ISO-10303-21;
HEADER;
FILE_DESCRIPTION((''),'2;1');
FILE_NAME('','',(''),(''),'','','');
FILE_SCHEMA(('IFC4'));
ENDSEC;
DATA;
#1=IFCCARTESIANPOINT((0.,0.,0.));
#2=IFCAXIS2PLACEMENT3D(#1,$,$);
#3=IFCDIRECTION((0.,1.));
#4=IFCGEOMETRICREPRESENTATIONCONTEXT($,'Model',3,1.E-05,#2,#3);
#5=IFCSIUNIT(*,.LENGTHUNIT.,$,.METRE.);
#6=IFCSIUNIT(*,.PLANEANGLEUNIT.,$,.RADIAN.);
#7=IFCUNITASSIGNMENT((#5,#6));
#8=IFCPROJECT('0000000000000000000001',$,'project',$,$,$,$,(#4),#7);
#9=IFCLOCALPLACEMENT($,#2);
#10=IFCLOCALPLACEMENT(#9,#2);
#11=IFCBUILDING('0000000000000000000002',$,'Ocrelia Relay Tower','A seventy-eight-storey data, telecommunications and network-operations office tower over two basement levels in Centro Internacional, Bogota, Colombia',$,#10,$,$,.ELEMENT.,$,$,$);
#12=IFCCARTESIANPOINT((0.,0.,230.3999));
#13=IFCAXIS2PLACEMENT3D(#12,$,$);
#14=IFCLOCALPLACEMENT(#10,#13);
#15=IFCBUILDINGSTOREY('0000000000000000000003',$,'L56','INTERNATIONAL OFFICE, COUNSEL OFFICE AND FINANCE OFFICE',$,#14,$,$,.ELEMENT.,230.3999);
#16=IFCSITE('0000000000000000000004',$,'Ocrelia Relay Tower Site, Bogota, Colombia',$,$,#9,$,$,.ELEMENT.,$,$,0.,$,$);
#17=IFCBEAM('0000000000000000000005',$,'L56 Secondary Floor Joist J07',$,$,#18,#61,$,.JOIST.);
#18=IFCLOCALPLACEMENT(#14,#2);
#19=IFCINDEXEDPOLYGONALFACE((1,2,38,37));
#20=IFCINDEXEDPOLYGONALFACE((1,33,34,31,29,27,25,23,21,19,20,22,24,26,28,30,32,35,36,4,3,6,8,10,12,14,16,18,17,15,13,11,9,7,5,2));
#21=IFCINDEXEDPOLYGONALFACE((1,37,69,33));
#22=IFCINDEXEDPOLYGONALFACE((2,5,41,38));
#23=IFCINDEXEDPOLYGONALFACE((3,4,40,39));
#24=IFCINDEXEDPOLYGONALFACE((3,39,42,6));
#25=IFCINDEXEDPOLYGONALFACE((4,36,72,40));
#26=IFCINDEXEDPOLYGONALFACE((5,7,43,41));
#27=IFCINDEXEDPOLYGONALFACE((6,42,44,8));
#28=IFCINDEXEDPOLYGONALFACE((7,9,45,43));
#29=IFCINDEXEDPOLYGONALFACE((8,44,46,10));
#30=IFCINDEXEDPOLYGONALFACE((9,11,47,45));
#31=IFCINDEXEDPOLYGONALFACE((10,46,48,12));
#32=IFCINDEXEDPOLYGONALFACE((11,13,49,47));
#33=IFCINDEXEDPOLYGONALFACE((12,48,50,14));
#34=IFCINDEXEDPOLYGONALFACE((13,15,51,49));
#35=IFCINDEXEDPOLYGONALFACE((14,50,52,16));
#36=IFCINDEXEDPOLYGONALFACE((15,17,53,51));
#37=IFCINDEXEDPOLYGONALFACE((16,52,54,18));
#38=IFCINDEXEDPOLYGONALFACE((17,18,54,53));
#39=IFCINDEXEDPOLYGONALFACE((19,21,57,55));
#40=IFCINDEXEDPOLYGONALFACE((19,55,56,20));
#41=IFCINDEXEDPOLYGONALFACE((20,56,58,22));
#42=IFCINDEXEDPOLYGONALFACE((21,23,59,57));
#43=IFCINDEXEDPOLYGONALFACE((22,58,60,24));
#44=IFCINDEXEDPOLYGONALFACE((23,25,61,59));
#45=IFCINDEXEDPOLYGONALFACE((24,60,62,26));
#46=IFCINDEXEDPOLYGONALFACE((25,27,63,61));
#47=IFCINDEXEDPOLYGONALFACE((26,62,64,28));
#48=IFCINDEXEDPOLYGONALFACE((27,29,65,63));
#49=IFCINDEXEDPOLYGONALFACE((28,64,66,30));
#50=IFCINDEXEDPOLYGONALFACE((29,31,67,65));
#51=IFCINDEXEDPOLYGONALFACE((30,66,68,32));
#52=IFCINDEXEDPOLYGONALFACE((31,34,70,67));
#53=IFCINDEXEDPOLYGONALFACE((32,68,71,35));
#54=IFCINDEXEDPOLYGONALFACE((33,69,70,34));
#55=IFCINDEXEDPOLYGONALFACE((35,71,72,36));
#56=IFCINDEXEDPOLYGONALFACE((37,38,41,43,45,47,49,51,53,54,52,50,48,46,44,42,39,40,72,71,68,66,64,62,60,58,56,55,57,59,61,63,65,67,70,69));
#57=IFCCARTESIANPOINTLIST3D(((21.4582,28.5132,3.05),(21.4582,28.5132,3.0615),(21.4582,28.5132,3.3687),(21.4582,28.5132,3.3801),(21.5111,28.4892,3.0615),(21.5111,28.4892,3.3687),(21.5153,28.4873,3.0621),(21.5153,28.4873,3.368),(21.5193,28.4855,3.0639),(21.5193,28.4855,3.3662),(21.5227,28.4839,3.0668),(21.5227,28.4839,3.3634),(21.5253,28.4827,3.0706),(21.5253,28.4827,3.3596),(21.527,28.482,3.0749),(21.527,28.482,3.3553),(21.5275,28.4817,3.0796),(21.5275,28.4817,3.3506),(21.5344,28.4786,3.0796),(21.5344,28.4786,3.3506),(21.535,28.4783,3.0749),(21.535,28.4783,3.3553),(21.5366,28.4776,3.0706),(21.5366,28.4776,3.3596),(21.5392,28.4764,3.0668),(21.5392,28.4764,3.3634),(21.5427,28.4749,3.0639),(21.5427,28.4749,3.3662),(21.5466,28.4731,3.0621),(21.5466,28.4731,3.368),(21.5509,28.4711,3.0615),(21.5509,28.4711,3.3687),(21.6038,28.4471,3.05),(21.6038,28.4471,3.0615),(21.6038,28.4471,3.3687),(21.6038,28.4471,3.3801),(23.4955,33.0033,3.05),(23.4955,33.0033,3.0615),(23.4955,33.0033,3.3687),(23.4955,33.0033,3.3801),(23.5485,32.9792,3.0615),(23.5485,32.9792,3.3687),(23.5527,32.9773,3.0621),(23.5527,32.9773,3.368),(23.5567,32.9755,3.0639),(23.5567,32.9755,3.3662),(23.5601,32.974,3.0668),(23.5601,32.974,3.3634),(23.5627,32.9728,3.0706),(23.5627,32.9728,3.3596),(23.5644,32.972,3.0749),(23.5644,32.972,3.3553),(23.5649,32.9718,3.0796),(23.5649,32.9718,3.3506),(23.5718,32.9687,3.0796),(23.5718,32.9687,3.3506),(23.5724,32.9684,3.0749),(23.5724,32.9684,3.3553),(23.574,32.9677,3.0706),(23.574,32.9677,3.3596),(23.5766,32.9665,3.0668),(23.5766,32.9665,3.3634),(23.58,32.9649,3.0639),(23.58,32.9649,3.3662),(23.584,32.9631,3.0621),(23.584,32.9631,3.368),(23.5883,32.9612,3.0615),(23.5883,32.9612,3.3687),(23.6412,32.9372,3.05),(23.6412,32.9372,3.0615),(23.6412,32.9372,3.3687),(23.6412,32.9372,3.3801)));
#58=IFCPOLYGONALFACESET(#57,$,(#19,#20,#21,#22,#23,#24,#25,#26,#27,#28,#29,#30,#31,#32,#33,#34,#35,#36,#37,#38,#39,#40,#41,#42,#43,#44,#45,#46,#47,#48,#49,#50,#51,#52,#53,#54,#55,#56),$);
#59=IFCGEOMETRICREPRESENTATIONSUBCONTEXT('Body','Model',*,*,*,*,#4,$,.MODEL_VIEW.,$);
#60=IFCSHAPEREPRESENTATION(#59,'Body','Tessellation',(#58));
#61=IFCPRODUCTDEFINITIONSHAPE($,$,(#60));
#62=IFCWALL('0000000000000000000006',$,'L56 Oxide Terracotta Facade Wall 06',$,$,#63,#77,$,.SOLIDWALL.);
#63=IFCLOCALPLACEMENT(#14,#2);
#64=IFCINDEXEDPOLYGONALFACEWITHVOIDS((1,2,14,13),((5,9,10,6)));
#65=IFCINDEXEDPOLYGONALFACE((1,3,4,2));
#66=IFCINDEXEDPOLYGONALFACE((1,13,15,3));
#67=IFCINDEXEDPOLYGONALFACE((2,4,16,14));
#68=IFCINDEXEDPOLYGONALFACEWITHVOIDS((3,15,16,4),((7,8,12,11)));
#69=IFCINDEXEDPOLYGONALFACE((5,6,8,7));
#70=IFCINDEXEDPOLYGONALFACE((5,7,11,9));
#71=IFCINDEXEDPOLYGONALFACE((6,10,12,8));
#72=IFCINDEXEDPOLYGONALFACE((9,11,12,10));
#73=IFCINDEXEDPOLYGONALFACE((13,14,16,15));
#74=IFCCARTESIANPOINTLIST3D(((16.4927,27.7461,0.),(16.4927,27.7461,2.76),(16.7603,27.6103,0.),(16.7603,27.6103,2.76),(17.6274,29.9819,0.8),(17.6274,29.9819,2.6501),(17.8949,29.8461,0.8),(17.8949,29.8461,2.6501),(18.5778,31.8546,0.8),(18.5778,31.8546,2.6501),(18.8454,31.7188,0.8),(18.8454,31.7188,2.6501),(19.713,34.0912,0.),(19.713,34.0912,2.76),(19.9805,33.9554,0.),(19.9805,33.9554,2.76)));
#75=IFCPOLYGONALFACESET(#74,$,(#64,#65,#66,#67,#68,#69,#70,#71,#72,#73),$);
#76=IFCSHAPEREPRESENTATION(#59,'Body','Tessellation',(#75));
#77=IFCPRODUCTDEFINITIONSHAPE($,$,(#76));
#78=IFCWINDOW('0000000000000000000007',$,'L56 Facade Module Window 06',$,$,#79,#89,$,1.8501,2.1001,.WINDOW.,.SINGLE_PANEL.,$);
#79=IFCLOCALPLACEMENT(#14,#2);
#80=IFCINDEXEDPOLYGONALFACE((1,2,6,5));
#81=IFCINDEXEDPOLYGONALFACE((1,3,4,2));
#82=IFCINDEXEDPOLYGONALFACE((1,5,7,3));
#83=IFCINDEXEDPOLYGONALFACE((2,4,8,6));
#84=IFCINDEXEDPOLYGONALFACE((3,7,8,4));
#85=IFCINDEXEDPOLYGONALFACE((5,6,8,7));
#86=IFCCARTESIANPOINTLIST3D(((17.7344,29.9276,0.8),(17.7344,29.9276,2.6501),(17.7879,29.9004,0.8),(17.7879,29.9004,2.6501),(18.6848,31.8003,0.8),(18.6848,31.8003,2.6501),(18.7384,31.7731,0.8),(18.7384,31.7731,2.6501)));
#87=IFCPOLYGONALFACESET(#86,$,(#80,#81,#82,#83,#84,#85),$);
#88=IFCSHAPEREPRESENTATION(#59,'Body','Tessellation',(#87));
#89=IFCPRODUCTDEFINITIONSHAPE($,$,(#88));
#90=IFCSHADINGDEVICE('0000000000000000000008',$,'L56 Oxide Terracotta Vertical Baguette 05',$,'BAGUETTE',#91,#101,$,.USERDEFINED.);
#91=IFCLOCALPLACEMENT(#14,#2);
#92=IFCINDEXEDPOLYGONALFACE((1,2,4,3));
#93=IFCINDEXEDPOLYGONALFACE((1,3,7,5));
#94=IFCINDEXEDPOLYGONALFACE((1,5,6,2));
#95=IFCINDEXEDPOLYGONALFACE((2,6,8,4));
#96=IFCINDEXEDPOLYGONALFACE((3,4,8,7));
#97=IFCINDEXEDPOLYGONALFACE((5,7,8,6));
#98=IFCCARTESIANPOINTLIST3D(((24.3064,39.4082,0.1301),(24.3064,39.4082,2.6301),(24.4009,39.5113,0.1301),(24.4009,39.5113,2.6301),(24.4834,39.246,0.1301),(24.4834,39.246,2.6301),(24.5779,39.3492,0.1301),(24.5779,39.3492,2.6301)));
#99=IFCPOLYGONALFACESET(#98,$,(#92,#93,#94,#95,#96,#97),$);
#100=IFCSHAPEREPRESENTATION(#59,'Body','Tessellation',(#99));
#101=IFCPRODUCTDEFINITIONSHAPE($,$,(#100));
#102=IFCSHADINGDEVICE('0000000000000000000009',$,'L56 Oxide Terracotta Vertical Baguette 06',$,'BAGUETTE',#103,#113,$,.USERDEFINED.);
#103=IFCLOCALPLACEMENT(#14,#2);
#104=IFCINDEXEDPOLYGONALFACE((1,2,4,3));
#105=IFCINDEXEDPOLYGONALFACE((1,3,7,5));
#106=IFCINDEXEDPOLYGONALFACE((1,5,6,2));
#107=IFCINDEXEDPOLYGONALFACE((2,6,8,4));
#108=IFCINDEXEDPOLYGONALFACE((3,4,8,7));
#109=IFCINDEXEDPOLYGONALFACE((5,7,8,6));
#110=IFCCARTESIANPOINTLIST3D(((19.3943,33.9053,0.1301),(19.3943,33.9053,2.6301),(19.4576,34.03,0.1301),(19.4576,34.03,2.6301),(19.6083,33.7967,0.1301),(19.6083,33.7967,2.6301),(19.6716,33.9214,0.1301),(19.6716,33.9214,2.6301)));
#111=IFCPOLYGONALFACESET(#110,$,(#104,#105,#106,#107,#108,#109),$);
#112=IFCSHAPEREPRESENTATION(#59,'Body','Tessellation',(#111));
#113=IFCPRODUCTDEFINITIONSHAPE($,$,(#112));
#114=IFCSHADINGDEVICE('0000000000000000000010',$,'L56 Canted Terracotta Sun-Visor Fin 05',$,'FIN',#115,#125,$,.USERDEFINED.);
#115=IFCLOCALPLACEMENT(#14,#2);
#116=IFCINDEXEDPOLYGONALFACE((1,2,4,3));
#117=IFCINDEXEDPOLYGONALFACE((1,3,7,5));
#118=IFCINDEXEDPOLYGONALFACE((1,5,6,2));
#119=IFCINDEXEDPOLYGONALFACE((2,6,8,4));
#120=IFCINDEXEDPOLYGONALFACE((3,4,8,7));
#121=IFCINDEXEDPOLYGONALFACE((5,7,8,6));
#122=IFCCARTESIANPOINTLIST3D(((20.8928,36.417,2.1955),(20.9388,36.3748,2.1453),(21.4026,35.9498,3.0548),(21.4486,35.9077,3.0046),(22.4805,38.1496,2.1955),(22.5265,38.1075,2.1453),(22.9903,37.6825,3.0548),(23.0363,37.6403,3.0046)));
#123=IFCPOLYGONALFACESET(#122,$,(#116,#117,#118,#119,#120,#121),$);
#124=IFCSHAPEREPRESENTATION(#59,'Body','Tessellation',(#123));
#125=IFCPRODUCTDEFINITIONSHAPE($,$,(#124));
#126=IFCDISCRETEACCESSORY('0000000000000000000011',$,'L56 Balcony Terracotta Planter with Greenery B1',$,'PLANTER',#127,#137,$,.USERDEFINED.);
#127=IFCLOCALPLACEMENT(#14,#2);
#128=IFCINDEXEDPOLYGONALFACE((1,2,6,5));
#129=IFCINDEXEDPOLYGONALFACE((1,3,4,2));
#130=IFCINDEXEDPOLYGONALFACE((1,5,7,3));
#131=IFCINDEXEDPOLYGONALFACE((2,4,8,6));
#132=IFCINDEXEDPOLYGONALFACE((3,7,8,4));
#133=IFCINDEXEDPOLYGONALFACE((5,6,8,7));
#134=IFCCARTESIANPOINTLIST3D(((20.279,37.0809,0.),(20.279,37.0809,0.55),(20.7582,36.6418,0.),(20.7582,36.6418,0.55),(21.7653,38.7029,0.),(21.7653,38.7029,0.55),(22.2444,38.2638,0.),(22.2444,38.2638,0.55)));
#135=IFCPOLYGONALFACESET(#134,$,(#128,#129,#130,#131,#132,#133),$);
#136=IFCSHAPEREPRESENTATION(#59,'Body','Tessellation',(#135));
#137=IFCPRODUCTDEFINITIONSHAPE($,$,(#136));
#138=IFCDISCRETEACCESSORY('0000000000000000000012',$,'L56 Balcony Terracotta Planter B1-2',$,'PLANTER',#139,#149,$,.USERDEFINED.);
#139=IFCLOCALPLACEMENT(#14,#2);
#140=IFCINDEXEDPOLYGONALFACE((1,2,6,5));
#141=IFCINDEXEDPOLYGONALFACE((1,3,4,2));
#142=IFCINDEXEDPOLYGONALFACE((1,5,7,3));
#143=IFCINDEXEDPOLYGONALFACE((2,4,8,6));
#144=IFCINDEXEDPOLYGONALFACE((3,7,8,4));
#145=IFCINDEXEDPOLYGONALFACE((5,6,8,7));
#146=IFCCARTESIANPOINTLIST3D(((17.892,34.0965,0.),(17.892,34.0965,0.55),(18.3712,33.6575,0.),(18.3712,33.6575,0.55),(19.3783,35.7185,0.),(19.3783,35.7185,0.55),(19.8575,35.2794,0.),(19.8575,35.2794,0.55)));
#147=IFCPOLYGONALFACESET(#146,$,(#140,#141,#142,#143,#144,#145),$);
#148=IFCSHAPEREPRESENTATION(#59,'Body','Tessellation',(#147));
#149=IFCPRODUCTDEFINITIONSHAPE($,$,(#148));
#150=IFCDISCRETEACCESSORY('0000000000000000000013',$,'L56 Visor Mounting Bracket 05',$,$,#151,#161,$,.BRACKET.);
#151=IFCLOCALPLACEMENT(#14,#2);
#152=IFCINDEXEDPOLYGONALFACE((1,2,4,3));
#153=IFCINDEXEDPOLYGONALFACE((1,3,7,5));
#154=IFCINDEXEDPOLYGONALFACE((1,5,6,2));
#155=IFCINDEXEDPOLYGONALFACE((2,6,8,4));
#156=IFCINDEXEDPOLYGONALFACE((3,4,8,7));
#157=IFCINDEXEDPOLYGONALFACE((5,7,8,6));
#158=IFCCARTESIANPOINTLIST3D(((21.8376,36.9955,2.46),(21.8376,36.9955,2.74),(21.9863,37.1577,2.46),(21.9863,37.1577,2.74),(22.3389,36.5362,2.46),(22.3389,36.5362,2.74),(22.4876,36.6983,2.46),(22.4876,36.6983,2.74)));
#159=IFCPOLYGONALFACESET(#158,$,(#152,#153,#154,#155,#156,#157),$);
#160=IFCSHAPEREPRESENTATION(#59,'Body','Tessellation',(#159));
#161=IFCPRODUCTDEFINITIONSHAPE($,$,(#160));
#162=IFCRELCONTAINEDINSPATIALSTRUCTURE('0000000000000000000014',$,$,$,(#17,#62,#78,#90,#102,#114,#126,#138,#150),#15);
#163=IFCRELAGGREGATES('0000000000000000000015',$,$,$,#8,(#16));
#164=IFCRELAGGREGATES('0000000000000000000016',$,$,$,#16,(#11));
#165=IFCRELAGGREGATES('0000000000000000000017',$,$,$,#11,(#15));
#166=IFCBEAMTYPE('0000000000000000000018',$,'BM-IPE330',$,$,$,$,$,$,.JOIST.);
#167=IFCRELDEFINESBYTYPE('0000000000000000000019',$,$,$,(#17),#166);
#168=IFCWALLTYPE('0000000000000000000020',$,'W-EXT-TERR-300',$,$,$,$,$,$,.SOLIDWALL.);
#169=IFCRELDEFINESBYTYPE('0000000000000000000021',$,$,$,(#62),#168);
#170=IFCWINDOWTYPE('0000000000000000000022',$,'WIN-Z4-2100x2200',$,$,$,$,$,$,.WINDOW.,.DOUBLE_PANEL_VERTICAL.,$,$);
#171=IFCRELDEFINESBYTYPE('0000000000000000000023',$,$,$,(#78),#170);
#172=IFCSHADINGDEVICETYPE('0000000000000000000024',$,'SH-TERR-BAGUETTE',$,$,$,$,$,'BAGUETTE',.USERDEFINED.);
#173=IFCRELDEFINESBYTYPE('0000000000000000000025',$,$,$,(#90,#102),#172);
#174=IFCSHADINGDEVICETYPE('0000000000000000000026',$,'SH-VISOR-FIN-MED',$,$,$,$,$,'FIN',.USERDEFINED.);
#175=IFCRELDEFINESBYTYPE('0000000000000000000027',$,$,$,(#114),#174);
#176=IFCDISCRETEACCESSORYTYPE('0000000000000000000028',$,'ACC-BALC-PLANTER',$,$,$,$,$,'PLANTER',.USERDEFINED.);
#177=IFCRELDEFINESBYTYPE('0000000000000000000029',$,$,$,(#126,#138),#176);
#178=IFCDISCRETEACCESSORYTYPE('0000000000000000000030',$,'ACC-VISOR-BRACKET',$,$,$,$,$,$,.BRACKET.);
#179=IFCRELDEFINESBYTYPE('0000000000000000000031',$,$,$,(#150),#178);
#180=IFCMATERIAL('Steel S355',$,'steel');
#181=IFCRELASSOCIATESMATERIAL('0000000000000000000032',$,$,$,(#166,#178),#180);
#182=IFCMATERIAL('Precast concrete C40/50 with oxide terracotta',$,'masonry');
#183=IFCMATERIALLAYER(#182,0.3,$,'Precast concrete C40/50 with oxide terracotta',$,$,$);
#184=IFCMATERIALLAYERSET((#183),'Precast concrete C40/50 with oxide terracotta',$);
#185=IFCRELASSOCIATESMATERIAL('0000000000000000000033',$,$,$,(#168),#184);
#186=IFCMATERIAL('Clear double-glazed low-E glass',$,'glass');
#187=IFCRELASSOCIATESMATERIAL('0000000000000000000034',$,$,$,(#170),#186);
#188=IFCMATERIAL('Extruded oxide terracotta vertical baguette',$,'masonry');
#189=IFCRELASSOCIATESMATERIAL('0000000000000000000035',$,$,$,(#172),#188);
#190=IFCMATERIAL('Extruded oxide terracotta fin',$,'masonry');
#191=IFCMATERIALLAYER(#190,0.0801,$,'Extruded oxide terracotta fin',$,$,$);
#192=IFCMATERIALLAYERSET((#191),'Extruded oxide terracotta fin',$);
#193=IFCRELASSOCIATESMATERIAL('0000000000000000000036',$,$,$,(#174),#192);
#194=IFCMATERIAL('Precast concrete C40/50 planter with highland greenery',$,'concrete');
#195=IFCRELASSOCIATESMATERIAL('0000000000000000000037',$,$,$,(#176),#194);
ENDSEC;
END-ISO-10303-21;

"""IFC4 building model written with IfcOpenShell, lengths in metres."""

from ifc_helpers import new_model, si_unit, direction, frame, frame_2d, origin, origin_2d, place, context, subcontext, project, spatial, rectangle, i_section, extrude, material, layer, layer_set, material_profile, profile_set, type_object, element, fill, save


model = new_model("IFC4")

# Units and contexts
model_context = context("Model", 3, precision=1e-05, world=origin(), true_north=direction((0.0, 1.0)))
body_context = subcontext(model_context, "Body", "Model", "MODEL_VIEW")
ifc_project = project(units=[si_unit("LENGTHUNIT", "METRE"), si_unit("PLANEANGLEUNIT", "RADIAN")], contexts=[model_context])

# Site, building, storey
site_placement = place(None, origin())
site = spatial("IfcSite", under=ifc_project, at=site_placement, Name="Ocrelia Relay Tower Site, Bogota, Colombia", CompositionType="ELEMENT", RefElevation=0.0)
building_placement = place(site_placement, origin())
building = spatial("IfcBuilding", under=site, at=building_placement, Name="Ocrelia Relay Tower", Description="A seventy-eight-storey data, telecommunications and network-operations office tower over two basement levels in Centro Internacional, Bogota, Colombia", CompositionType="ELEMENT")
storey_placement = place(building_placement, frame((0.0, 0.0, 230.3999)))
storey = spatial("IfcBuildingStorey", under=building, at=storey_placement, Name="L56", Description="INTERNATIONAL OFFICE, COUNSEL OFFICE AND FINANCE OFFICE", CompositionType="ELEMENT", Elevation=230.3999)

# Beam
ifc_material_1 = material(Name="Steel S355", Category="steel")
ifc_material_profile_1 = material_profile(ifc_material_1, i_section(OverallWidth=0.1599, OverallDepth=0.3301, WebThickness=0.0076, FlangeThickness=0.0115, FilletRadius=0.0181, at=origin_2d()), Name="IPE 330")
ifc_profile_set_1 = profile_set([ifc_material_profile_1], Name="Steel S355")
beam_type_1 = type_object("IfcBeamType", Name="BM-IPE330", PredefinedType="JOIST", material=ifc_profile_set_1)
beam_1_placement = place(storey_placement, frame((23.5684, 32.9702, 3.2151), z_axis=(-0.413206, -0.910638, 0.0), x_axis=(0.910638, -0.413206, 0.0)))
element("IfcBeam", 1, at=beam_1_placement, inside=storey, type_object=beam_type_1, Name="L56 Secondary Floor Joist J07", PredefinedType="JOIST", context=body_context, shape_type="SweptSolid", body=[
    extrude(i_section(OverallWidth=0.1599, OverallDepth=0.3301, WebThickness=0.0076, FlangeThickness=0.0115, FilletRadius=0.0181, at=origin_2d()), origin(), (0.0, 0.0, 1.0), 4.9307),
])

# Shared definitions
ifc_material_2 = material(Name="Precast concrete C40/50 with oxide terracotta", Category="masonry")
ifc_layer_1 = layer(ifc_material_2, 0.3, Name="Precast concrete C40/50 with oxide terracotta")
ifc_layer_set_1 = layer_set([ifc_layer_1], Name="Precast concrete C40/50 with oxide terracotta")
wall_type = type_object("IfcWallType", Name="W-EXT-TERR-300", PredefinedType="SOLIDWALL", material=ifc_layer_set_1)

# Wall, opening, window
wall_1_placement = place(storey_placement, frame((19.8467, 34.0232, 0.0), z_axis=(0.0, 0.0, 1.0), x_axis=(-0.452572, -0.891728, 0.0)))
wall_1 = element("IfcWall", 2, at=wall_1_placement, inside=storey, type_object=wall_type, Name="L56 Oxide Terracotta Facade Wall 06", PredefinedType="SOLIDWALL", context=body_context, shape_type="SweptSolid", body=[
    extrude(rectangle(XDim=7.1155, YDim=0.3, at=frame_2d((3.5576, 0.0))), origin(), (0.0, 0.0, 1.0), 2.76),
])
opening_1_placement = place(wall_1_placement, frame((2.5081, 0.0, 0.8)))
opening_1 = element("IfcOpeningElement", 3, at=opening_1_placement, cuts=wall_1, PredefinedType="OPENING", context=body_context, shape_type="SweptSolid", body=[
    extrude(rectangle(XDim=2.1001, YDim=1.8501, at=frame_2d((1.05, 0.925))), frame((0.0, 0.1602, 0.0), z_axis=(0.0, -1.0, 0.0), x_axis=(1.0, 0.0, 0.0)), (0.0, 0.0, 1.0), 0.3201),
])
ifc_material_3 = material(Name="Clear double-glazed low-E glass", Category="glass")
window_type = type_object("IfcWindowType", Name="WIN-Z4-2100x2200", PartitioningType="DOUBLE_PANEL_VERTICAL", PredefinedType="WINDOW", material=ifc_material_3)
window_placement = place(opening_1_placement, origin())
window = element("IfcWindow", 4, at=window_placement, inside=storey, type_object=window_type, Name="L56 Facade Module Window 06", OverallHeight=1.8501, OverallWidth=2.1001, PartitioningType="SINGLE_PANEL", PredefinedType="WINDOW", context=body_context, shape_type="SweptSolid", body=[
    extrude(rectangle(XDim=2.1001, YDim=1.8501, at=frame_2d((1.05, 0.925))), frame((0.0, 0.03, 0.0), z_axis=(0.0, -1.0, 0.0), x_axis=(1.0, 0.0, 0.0)), (0.0, 0.0, 1.0), 0.0601),
])
fill(opening_1, window)

# Shading devices
ifc_material_4 = material(Name="Extruded oxide terracotta vertical baguette", Category="masonry")
shading_device_type_1 = type_object("IfcShadingDeviceType", Name="SH-TERR-BAGUETTE", ElementType="BAGUETTE", PredefinedType="USERDEFINED", material=ifc_material_4)
for number, where, z_axis, x_axis, name in (
    (5, (24.4421, 39.3787, 0.1301), (0.0, 0.0, 1.0), (-0.67559, -0.737278, 0.0), "L56 Oxide Terracotta Vertical Baguette 05"),
    (6, (19.533, 33.9133, 0.1301), (0.0, 0.0, 1.0), (-0.452574, -0.891727, 0.0), "L56 Oxide Terracotta Vertical Baguette 06"),
):
    element("IfcShadingDevice", number, at=place(storey_placement, frame(where, z_axis=z_axis, x_axis=x_axis)), inside=storey, type_object=shading_device_type_1, Name=name, ObjectType="BAGUETTE", PredefinedType="USERDEFINED", context=body_context, shape_type="SweptSolid", body=[
        extrude(rectangle(XDim=0.1399, YDim=0.24, at=origin_2d()), origin(), (0.0, 0.0, 1.0), 2.5),
    ])
ifc_material_5 = material(Name="Extruded oxide terracotta fin", Category="masonry")
ifc_layer_2 = layer(ifc_material_5, 0.0801, Name="Extruded oxide terracotta fin")
ifc_layer_set_2 = layer_set([ifc_layer_2], Name="Extruded oxide terracotta fin")
shading_device_type_2 = type_object("IfcShadingDeviceType", Name="SH-VISOR-FIN-MED", ElementType="FIN", PredefinedType="USERDEFINED", material=ifc_layer_set_2)
shading_device_placement = place(storey_placement, frame((21.9875, 37.0076, 2.575), z_axis=(-0.574427, 0.526365, 0.626876), x_axis=(-0.67559, -0.737278, 0.0)))
element("IfcShadingDevice", 7, at=shading_device_placement, inside=storey, type_object=shading_device_type_2, Name="L56 Canted Terracotta Sun-Visor Fin 05", ObjectType="FIN", PredefinedType="USERDEFINED", context=body_context, shape_type="SweptSolid", body=[
    extrude(rectangle(XDim=2.3501, YDim=1.103, at=origin_2d()), origin(), (0.0, 0.0, 1.0), 0.0801),
])

# Discrete accessories
ifc_material_6 = material(Name="Precast concrete C40/50 planter with highland greenery", Category="concrete")
discrete_accessory_type_1 = type_object("IfcDiscreteAccessoryType", Name="ACC-BALC-PLANTER", ElementType="PLANTER", PredefinedType="USERDEFINED", material=ifc_material_6)
for number, where, z_axis, x_axis, name in (
    (8, (21.2617, 37.6724, 0.0), (0.0, 0.0, 1.0), (0.675593, 0.737275, 0.0), "L56 Balcony Terracotta Planter with Greenery B1"),
    (9, (18.8748, 34.688, 0.0), (0.0, 0.0, 1.0), (0.675593, 0.737275, 0.0), "L56 Balcony Terracotta Planter B1-2"),
):
    element("IfcDiscreteAccessory", number, at=place(storey_placement, frame(where, z_axis=z_axis, x_axis=x_axis)), inside=storey, type_object=discrete_accessory_type_1, Name=name, ObjectType="PLANTER", PredefinedType="USERDEFINED", context=body_context, shape_type="SweptSolid", body=[
        extrude(rectangle(XDim=2.2, YDim=0.6499, at=origin_2d()), origin(), (0.0, 0.0, 1.0), 0.55),
    ])
discrete_accessory_type_2 = type_object("IfcDiscreteAccessoryType", Name="ACC-VISOR-BRACKET", PredefinedType="BRACKET", material=ifc_material_1)
discrete_accessory_placement = place(storey_placement, frame((22.1626, 36.8469, 2.46), z_axis=(0.0, 0.0, 1.0), x_axis=(-0.67559, -0.737278, 0.0)))
element("IfcDiscreteAccessory", 10, at=discrete_accessory_placement, inside=storey, type_object=discrete_accessory_type_2, Name="L56 Visor Mounting Bracket 05", PredefinedType="BRACKET", context=body_context, shape_type="SweptSolid", body=[
    extrude(rectangle(XDim=0.22, YDim=0.6799, at=origin_2d()), origin(), (0.0, 0.0, 1.0), 0.28),
])

save(model, "model.ifc")
